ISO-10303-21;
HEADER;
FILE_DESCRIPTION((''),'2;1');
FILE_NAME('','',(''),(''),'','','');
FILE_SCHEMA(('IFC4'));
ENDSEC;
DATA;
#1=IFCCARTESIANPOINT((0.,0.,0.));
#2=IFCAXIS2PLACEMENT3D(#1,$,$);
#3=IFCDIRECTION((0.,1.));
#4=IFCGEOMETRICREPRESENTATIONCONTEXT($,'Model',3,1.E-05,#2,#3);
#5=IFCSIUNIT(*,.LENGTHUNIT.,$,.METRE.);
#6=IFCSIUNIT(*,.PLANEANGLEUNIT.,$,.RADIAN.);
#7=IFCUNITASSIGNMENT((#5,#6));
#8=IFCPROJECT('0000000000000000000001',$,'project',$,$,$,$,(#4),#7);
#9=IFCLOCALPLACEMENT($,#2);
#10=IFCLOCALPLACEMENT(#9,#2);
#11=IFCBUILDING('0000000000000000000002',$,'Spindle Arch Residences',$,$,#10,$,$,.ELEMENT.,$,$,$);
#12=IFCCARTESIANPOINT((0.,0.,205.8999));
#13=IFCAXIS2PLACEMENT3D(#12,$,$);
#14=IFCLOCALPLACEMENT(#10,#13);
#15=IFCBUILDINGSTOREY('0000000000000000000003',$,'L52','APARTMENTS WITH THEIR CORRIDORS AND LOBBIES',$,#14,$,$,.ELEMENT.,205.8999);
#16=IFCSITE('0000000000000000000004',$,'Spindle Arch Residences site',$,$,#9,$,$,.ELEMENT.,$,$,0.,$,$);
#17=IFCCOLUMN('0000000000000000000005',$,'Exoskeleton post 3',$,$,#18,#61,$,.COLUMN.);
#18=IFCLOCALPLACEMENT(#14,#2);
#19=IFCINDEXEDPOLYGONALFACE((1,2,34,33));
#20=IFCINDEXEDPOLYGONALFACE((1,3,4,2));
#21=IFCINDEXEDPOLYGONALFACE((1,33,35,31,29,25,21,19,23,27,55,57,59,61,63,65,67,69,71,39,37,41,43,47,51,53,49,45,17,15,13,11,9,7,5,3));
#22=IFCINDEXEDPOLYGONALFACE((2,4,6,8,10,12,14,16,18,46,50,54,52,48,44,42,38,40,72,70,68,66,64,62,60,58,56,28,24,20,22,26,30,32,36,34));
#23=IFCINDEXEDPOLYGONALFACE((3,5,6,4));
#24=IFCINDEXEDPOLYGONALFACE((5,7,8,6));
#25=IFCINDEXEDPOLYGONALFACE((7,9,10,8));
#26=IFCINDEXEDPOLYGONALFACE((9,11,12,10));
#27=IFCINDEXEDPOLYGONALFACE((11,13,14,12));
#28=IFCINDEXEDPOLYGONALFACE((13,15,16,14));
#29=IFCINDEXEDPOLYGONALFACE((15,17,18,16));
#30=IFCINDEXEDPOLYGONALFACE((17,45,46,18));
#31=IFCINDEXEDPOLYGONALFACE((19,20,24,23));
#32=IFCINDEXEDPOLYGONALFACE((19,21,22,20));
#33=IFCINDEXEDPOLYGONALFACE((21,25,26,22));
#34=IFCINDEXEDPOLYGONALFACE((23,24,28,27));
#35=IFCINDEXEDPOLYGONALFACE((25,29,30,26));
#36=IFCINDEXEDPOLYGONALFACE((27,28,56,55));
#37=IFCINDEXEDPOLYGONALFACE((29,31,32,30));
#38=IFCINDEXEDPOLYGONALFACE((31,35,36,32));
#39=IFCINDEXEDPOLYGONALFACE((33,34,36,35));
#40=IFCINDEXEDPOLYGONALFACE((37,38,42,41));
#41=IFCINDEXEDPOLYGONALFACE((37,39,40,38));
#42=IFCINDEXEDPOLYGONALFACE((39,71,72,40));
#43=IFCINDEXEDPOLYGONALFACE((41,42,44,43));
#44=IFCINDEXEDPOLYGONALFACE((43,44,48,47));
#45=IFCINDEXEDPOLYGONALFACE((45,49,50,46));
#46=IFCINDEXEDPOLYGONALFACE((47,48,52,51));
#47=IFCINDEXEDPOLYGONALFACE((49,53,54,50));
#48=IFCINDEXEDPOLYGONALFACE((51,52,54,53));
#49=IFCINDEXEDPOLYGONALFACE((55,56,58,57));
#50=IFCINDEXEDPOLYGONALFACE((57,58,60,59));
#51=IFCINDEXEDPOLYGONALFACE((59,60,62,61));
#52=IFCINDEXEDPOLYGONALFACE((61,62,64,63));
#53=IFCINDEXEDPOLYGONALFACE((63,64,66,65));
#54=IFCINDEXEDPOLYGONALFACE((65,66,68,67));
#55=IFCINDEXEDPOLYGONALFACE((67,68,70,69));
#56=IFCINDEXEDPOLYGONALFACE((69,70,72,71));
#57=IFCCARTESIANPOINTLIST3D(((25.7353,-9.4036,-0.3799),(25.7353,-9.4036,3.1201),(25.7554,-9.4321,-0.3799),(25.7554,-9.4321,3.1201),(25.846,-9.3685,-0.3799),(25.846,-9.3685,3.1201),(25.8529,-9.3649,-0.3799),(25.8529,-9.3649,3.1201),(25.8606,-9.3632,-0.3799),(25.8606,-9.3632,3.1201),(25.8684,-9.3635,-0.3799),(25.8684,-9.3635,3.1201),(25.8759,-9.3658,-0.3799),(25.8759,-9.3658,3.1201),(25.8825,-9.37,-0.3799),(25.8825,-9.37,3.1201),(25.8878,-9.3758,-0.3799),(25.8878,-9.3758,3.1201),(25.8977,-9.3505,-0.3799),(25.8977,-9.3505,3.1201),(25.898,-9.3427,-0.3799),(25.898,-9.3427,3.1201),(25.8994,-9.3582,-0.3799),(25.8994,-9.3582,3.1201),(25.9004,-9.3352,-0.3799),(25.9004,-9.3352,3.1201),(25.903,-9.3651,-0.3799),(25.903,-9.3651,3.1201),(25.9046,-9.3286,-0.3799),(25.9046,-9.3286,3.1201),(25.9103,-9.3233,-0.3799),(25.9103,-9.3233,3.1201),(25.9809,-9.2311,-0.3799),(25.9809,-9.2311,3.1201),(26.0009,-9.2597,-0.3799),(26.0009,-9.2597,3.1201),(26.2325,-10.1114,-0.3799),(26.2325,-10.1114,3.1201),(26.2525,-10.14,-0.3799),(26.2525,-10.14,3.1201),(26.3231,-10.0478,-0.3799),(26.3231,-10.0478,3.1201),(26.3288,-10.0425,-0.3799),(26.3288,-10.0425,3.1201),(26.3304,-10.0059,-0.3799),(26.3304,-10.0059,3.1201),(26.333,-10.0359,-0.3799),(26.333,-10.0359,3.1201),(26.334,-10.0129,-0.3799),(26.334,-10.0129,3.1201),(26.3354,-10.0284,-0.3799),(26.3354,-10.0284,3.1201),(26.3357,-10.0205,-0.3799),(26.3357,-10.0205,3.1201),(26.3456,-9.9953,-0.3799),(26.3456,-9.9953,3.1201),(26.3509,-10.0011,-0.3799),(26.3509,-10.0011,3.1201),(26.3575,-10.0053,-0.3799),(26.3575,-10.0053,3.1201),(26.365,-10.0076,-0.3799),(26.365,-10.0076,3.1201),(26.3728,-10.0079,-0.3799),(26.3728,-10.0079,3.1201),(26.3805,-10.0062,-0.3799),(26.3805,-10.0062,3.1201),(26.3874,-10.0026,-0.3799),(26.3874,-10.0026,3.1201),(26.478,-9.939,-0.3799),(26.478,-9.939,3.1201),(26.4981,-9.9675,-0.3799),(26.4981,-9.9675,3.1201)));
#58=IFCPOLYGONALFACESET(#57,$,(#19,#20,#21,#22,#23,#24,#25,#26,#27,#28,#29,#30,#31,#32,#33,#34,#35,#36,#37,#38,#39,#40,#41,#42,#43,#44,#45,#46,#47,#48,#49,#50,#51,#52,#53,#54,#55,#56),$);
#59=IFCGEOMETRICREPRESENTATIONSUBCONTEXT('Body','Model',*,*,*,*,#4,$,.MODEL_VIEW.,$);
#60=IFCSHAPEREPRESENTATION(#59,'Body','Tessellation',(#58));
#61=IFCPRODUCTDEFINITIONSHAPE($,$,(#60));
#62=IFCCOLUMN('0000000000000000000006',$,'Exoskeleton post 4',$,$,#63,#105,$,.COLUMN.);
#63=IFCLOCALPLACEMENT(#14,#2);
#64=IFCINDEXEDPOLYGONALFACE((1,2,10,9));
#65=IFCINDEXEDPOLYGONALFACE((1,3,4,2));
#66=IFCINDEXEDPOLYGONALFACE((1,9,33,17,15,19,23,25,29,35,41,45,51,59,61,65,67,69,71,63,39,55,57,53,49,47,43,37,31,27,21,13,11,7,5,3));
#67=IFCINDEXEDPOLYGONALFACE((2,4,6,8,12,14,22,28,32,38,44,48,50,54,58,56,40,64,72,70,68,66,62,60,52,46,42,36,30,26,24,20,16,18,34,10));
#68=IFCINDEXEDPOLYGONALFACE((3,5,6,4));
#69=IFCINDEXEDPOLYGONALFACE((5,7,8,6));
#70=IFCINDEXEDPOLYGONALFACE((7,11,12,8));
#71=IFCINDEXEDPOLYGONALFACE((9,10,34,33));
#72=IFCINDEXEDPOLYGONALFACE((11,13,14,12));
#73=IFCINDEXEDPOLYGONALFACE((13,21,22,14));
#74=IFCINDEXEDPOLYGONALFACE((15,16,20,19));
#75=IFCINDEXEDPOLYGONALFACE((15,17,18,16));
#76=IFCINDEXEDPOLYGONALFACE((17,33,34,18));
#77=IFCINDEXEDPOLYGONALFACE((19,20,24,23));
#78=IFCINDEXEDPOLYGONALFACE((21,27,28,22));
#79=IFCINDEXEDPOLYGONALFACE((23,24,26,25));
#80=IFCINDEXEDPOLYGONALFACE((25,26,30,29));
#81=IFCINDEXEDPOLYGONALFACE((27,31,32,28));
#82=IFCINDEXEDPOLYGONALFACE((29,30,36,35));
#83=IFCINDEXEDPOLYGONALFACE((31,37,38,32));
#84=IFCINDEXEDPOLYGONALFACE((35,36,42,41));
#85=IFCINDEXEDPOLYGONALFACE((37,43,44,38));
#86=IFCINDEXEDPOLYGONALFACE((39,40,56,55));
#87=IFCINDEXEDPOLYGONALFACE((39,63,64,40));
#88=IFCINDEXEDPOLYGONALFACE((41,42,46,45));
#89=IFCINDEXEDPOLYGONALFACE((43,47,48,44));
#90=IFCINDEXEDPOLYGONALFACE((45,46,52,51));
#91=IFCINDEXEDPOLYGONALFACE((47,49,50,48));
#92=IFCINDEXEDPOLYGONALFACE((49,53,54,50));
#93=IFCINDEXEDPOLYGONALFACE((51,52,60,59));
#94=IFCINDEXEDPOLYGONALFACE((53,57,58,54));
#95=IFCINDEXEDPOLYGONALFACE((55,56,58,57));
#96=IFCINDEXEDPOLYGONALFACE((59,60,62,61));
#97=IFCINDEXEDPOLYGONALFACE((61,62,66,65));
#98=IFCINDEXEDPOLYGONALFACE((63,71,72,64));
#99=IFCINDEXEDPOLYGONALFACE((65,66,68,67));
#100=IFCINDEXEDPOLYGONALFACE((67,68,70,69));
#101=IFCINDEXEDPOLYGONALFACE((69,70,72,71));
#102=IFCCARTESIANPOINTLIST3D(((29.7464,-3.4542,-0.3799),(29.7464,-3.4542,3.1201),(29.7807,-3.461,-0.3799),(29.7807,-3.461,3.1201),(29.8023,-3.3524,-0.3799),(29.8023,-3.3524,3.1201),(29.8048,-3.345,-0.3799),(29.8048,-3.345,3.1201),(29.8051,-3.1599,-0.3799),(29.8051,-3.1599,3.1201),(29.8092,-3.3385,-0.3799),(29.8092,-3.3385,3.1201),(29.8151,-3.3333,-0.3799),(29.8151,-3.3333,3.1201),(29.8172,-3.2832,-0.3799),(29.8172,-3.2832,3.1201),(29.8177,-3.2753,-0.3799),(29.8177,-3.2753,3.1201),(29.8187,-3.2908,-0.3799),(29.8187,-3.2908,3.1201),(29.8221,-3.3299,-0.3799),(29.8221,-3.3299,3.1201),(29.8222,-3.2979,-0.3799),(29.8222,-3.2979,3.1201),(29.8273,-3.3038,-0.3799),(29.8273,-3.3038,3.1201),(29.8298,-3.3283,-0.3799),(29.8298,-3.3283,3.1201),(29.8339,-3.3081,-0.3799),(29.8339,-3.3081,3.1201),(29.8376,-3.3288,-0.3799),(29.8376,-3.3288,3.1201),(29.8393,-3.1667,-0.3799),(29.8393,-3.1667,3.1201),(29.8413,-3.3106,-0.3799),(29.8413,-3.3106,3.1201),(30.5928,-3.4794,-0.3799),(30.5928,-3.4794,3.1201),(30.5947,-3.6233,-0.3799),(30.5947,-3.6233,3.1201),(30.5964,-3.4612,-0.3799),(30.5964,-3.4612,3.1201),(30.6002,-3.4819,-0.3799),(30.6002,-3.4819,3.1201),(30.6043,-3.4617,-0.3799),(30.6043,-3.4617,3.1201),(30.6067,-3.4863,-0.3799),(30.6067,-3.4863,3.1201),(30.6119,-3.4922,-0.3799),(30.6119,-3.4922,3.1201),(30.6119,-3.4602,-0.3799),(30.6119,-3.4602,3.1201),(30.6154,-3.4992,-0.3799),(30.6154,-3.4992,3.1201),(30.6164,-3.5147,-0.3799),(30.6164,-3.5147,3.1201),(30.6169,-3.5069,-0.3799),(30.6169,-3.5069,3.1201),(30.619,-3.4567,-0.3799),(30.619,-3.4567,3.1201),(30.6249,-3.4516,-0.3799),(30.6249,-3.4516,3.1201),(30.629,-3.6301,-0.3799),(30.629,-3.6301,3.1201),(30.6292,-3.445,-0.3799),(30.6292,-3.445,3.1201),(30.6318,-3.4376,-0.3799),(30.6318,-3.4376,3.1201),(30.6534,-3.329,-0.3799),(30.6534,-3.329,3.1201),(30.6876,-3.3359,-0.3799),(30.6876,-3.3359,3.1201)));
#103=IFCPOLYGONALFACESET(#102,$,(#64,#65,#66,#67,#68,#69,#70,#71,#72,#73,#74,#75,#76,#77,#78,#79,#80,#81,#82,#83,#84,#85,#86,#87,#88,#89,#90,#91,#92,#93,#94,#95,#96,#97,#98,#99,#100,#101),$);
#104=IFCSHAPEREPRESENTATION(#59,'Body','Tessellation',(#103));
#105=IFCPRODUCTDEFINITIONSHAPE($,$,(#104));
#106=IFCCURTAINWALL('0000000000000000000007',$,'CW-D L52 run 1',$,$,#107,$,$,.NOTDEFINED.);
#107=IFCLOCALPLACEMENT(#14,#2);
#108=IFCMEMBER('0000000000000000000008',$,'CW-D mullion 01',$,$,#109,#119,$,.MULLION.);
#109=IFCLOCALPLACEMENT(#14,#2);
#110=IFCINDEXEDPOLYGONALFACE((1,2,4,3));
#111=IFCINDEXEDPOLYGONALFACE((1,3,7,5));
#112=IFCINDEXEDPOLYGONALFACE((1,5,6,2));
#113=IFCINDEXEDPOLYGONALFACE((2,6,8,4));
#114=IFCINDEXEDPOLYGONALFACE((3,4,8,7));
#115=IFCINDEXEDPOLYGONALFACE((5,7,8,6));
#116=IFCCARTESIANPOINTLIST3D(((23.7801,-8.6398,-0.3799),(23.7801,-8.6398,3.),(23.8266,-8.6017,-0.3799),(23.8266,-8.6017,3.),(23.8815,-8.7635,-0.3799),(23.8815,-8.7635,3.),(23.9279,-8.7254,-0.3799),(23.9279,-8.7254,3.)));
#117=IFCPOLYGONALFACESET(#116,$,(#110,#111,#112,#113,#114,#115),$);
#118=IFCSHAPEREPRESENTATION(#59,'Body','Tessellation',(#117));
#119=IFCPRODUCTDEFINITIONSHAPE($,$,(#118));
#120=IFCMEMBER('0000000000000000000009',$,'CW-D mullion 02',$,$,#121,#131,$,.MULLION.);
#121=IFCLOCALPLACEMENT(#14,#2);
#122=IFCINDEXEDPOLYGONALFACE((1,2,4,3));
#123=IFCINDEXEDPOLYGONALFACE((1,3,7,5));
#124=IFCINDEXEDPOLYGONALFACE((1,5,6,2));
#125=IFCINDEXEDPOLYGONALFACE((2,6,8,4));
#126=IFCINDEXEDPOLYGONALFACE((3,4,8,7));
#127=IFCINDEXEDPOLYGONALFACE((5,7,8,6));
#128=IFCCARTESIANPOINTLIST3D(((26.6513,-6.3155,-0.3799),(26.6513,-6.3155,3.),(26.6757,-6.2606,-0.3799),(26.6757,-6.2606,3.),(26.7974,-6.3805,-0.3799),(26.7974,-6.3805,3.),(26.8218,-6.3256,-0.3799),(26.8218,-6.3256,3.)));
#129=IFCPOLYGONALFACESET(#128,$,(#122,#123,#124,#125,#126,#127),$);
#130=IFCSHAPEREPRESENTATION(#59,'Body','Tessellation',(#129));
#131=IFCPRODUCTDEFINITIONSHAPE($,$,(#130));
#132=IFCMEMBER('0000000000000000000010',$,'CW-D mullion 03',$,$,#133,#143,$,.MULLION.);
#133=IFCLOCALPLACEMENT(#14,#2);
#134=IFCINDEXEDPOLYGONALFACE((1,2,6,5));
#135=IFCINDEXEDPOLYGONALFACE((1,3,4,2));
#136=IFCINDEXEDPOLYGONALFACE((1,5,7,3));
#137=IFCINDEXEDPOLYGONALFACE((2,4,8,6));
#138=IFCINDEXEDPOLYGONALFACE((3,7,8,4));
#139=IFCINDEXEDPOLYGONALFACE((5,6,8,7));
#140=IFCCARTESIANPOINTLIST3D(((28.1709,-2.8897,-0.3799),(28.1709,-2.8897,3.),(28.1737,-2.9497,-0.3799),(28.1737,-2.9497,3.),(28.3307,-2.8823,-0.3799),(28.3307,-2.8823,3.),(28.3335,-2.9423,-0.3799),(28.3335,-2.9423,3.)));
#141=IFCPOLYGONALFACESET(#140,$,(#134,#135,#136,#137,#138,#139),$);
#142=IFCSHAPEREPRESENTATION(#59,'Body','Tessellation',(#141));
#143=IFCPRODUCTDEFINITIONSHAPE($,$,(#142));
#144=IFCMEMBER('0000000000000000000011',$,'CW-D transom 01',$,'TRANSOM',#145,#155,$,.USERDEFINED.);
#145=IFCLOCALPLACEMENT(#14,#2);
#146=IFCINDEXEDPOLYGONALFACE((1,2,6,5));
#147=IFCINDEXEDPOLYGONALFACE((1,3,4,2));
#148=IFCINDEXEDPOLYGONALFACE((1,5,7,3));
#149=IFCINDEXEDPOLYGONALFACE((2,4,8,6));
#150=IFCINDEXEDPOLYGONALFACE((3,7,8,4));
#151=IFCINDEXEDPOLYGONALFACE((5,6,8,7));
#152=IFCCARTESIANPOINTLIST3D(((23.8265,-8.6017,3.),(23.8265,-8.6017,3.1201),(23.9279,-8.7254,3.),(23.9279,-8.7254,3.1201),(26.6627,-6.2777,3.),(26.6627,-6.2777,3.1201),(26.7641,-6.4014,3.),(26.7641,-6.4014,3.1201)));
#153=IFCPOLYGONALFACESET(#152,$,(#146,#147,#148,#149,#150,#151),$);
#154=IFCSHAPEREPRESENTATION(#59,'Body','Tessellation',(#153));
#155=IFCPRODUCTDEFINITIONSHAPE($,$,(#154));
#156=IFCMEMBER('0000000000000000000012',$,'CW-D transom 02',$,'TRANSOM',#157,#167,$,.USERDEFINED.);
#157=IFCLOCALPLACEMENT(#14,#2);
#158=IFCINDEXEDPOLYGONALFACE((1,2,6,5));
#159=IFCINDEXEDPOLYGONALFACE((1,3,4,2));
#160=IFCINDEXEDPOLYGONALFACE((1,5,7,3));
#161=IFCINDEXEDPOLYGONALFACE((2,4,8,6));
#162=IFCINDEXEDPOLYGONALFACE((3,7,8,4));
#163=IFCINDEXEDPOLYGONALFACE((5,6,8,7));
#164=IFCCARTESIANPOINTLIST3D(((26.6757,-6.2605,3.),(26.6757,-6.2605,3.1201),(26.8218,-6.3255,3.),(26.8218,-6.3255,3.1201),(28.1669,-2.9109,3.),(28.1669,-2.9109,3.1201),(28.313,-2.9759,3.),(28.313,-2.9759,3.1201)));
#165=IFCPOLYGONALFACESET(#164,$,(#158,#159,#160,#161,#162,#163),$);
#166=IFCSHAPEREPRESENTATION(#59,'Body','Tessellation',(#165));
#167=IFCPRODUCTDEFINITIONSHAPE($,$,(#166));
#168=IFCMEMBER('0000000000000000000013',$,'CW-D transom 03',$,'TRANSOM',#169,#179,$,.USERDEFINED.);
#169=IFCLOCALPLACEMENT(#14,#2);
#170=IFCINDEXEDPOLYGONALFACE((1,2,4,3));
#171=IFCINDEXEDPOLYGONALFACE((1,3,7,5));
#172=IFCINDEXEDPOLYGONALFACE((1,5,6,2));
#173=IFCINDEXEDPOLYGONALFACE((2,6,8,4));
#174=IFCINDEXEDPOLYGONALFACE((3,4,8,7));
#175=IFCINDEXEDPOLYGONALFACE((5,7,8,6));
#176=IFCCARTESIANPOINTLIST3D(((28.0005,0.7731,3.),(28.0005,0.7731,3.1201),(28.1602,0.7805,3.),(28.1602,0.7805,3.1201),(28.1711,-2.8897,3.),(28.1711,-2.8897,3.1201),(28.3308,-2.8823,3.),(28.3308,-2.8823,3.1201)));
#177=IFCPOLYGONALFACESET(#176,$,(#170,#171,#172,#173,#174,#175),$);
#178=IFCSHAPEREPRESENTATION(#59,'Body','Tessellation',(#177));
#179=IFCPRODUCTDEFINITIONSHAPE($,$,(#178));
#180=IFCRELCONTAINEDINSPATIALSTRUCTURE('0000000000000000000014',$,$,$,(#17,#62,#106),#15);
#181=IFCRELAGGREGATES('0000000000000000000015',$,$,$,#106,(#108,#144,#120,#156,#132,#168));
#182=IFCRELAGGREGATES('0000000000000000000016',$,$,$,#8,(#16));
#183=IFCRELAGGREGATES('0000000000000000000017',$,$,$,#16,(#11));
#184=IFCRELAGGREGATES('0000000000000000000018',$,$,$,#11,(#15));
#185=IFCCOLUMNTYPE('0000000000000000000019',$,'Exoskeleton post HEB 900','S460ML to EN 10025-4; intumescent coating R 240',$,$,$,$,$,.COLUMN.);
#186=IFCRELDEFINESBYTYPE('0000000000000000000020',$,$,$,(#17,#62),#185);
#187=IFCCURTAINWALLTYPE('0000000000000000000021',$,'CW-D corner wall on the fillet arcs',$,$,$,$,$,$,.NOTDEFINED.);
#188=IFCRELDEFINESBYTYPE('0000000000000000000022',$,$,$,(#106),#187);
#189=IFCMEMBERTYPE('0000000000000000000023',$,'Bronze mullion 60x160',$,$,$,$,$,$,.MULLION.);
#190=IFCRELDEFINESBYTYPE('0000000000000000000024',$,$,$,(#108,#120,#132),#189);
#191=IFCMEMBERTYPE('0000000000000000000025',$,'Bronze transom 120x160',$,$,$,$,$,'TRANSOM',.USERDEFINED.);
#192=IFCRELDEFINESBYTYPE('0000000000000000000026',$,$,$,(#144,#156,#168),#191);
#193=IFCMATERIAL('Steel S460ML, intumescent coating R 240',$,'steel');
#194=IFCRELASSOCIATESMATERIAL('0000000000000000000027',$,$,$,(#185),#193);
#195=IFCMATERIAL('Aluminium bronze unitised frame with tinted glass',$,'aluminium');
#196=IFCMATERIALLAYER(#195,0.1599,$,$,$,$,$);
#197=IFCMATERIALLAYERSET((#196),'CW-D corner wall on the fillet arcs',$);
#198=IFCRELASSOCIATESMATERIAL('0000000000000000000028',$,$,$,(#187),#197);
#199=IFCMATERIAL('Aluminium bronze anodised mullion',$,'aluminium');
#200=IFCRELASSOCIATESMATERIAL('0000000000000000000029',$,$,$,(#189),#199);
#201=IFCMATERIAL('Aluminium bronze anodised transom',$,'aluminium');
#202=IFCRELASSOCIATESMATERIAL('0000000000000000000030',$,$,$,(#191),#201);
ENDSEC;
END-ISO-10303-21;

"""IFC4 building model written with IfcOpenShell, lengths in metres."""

from ifc_helpers import new_model, si_unit, direction, frame, origin, origin_2d, place, context, subcontext, project, spatial, rectangle, i_section, extrude, material, layer, layer_set, material_profile, profile_set, type_object, element, aggregate, save


model = new_model("IFC4")

# Units and contexts
model_context = context("Model", 3, precision=1e-05, world=origin(), true_north=direction((0.0, 1.0)))
body_context = subcontext(model_context, "Body", "Model", "MODEL_VIEW")
ifc_project = project(units=[si_unit("LENGTHUNIT", "METRE"), si_unit("PLANEANGLEUNIT", "RADIAN")], contexts=[model_context])

# Site, building, storey
site_placement = place(None, origin())
site = spatial("IfcSite", under=ifc_project, at=site_placement, Name="Spindle Arch Residences site", CompositionType="ELEMENT", RefElevation=0.0)
building_placement = place(site_placement, origin())
building = spatial("IfcBuilding", under=site, at=building_placement, Name="Spindle Arch Residences", CompositionType="ELEMENT")
storey_placement = place(building_placement, frame((0.0, 0.0, 205.8999)))
storey = spatial("IfcBuildingStorey", under=building, at=storey_placement, Name="L52", Description="APARTMENTS WITH THEIR CORRIDORS AND LOBBIES", CompositionType="ELEMENT", Elevation=205.8999)

# Columns
ifc_material_1 = material(Name="Steel S460ML, intumescent coating R 240", Category="steel")
ifc_material_profile_1 = material_profile(ifc_material_1, i_section(OverallWidth=0.3, OverallDepth=0.8999, WebThickness=0.0186, FlangeThickness=0.0349, FilletRadius=0.03, at=origin_2d()), Name="HEB 900")
ifc_profile_set_1 = profile_set([ifc_material_profile_1], Name="Steel S460ML, intumescent coating R 240")
column_type = type_object("IfcColumnType", Name="Exoskeleton post HEB 900", Description="S460ML to EN 10025-4; intumescent coating R 240", PredefinedType="COLUMN", material=ifc_profile_set_1)
for number, where, z_axis, x_axis, name in (
    (1, (26.1167, -9.6855, -0.3799), (0.0, 0.0, 1.0), (-0.818345, -0.574727, 0.0), "Exoskeleton post 3"),
    (2, (30.217, -3.395, -0.3799), (0.0, 0.0, 1.0), (-0.195505, -0.980703, 0.0), "Exoskeleton post 4"),
):
    element("IfcColumn", number, at=place(storey_placement, frame(where, z_axis=z_axis, x_axis=x_axis)), inside=storey, type_object=column_type, Name=name, PredefinedType="COLUMN", context=body_context, shape_type="SweptSolid", body=[
        extrude(i_section(OverallWidth=0.3, OverallDepth=0.8999, WebThickness=0.0186, FlangeThickness=0.0349, FilletRadius=0.03, at=origin_2d()), origin(), (0.0, 0.0, 1.0), 3.5),
    ])

# Curtain wall, members
ifc_material_2 = material(Name="Aluminium bronze unitised frame with tinted glass", Category="aluminium")
ifc_layer_1 = layer(ifc_material_2, 0.1599)
ifc_layer_set_1 = layer_set([ifc_layer_1], Name="CW-D corner wall on the fillet arcs")
curtain_wall_type = type_object("IfcCurtainWallType", Name="CW-D corner wall on the fillet arcs", PredefinedType="NOTDEFINED", material=ifc_layer_set_1)
curtain_wall_placement = place(storey_placement, origin())
curtain_wall = element("IfcCurtainWall", 3, at=curtain_wall_placement, inside=storey, type_object=curtain_wall_type, Name="CW-D L52 run 1", PredefinedType="NOTDEFINED")
ifc_material_3 = material(Name="Aluminium bronze anodised mullion", Category="aluminium")
ifc_material_profile_2 = material_profile(ifc_material_3, rectangle(XDim=0.1599, YDim=0.0601, at=origin_2d()), Name="MU 60x160")
ifc_profile_set_2 = profile_set([ifc_material_profile_2], Name="Aluminium bronze anodised mullion")
member_type_1 = type_object("IfcMemberType", Name="Bronze mullion 60x160", PredefinedType="MULLION", material=ifc_profile_set_2)
member_1_placement = place(storey_placement, frame((23.854, -8.6826, -0.3799), z_axis=(0.0, 0.0, 1.0), x_axis=(-0.633831, 0.773472, 0.0)))
member_1 = element("IfcMember", 4, at=member_1_placement, type_object=member_type_1, Name="CW-D mullion 01", PredefinedType="MULLION", context=body_context, shape_type="SweptSolid", body=[
    extrude(rectangle(XDim=0.1599, YDim=0.0601, at=origin_2d()), origin(), (0.0, 0.0, 1.0), 3.3799),
])
member_2_placement = place(storey_placement, frame((26.7366, -6.3206, -0.3799), z_axis=(0.0, 0.0, 1.0), x_axis=(-0.913545, 0.406737, 0.0)))
member_2 = element("IfcMember", 5, at=member_2_placement, type_object=member_type_1, Name="CW-D mullion 02", PredefinedType="MULLION", context=body_context, shape_type="SweptSolid", body=[
    extrude(rectangle(XDim=0.1599, YDim=0.0601, at=origin_2d()), origin(), (0.0, 0.0, 1.0), 3.3799),
])
member_3_placement = place(storey_placement, frame((28.2522, -2.916, -0.3799), z_axis=(0.0, 0.0, 1.0), x_axis=(-0.998917, -0.046525, 0.0)))
member_3 = element("IfcMember", 6, at=member_3_placement, type_object=member_type_1, Name="CW-D mullion 03", PredefinedType="MULLION", context=body_context, shape_type="SweptSolid", body=[
    extrude(rectangle(XDim=0.1599, YDim=0.0601, at=origin_2d()), origin(), (0.0, 0.0, 1.0), 3.3799),
])
ifc_material_4 = material(Name="Aluminium bronze anodised transom", Category="aluminium")
ifc_material_profile_3 = material_profile(ifc_material_4, rectangle(XDim=0.1599, YDim=0.1201, at=origin_2d()), Name="TR 120x160")
ifc_profile_set_3 = profile_set([ifc_material_profile_3], Name="Aluminium bronze anodised transom")
member_type_2 = type_object("IfcMemberType", Name="Bronze transom 120x160", ElementType="TRANSOM", PredefinedType="USERDEFINED", material=ifc_profile_set_3)
member_4_placement = place(storey_placement, frame((23.8772, -8.6636, 3.0601), z_axis=(0.773494, 0.633803, 0.0), x_axis=(-0.633803, 0.773494, 0.0)))
member_4 = element("IfcMember", 7, at=member_4_placement, type_object=member_type_2, Name="CW-D transom 01", ObjectType="TRANSOM", PredefinedType="USERDEFINED", context=body_context, shape_type="SweptSolid", body=[
    extrude(rectangle(XDim=0.1599, YDim=0.1201, at=origin_2d()), origin(), (0.0, 0.0, 1.0), 3.6667),
])
member_5_placement = place(storey_placement, frame((26.7488, -6.293, 3.0601), z_axis=(0.406707, 0.913559, 0.0), x_axis=(-0.913559, 0.406707, 0.0)))
member_5 = element("IfcMember", 8, at=member_5_placement, type_object=member_type_2, Name="CW-D transom 02", ObjectType="TRANSOM", PredefinedType="USERDEFINED", context=body_context, shape_type="SweptSolid", body=[
    extrude(rectangle(XDim=0.1599, YDim=0.1201, at=origin_2d()), origin(), (0.0, 0.0, 1.0), 3.6665),
])
member_6_placement = place(storey_placement, frame((28.251, -2.886, 3.0601), z_axis=(-0.04654, 0.998916, 0.0), x_axis=(-0.998916, -0.04654, 0.0)))
member_6 = element("IfcMember", 9, at=member_6_placement, type_object=member_type_2, Name="CW-D transom 03", ObjectType="TRANSOM", PredefinedType="USERDEFINED", context=body_context, shape_type="SweptSolid", body=[
    extrude(rectangle(XDim=0.1599, YDim=0.1201, at=origin_2d()), origin(), (0.0, 0.0, 1.0), 3.6667),
])

aggregate(curtain_wall, [member_1, member_4, member_2, member_5, member_3, member_6])

save(model, "model.ifc")
